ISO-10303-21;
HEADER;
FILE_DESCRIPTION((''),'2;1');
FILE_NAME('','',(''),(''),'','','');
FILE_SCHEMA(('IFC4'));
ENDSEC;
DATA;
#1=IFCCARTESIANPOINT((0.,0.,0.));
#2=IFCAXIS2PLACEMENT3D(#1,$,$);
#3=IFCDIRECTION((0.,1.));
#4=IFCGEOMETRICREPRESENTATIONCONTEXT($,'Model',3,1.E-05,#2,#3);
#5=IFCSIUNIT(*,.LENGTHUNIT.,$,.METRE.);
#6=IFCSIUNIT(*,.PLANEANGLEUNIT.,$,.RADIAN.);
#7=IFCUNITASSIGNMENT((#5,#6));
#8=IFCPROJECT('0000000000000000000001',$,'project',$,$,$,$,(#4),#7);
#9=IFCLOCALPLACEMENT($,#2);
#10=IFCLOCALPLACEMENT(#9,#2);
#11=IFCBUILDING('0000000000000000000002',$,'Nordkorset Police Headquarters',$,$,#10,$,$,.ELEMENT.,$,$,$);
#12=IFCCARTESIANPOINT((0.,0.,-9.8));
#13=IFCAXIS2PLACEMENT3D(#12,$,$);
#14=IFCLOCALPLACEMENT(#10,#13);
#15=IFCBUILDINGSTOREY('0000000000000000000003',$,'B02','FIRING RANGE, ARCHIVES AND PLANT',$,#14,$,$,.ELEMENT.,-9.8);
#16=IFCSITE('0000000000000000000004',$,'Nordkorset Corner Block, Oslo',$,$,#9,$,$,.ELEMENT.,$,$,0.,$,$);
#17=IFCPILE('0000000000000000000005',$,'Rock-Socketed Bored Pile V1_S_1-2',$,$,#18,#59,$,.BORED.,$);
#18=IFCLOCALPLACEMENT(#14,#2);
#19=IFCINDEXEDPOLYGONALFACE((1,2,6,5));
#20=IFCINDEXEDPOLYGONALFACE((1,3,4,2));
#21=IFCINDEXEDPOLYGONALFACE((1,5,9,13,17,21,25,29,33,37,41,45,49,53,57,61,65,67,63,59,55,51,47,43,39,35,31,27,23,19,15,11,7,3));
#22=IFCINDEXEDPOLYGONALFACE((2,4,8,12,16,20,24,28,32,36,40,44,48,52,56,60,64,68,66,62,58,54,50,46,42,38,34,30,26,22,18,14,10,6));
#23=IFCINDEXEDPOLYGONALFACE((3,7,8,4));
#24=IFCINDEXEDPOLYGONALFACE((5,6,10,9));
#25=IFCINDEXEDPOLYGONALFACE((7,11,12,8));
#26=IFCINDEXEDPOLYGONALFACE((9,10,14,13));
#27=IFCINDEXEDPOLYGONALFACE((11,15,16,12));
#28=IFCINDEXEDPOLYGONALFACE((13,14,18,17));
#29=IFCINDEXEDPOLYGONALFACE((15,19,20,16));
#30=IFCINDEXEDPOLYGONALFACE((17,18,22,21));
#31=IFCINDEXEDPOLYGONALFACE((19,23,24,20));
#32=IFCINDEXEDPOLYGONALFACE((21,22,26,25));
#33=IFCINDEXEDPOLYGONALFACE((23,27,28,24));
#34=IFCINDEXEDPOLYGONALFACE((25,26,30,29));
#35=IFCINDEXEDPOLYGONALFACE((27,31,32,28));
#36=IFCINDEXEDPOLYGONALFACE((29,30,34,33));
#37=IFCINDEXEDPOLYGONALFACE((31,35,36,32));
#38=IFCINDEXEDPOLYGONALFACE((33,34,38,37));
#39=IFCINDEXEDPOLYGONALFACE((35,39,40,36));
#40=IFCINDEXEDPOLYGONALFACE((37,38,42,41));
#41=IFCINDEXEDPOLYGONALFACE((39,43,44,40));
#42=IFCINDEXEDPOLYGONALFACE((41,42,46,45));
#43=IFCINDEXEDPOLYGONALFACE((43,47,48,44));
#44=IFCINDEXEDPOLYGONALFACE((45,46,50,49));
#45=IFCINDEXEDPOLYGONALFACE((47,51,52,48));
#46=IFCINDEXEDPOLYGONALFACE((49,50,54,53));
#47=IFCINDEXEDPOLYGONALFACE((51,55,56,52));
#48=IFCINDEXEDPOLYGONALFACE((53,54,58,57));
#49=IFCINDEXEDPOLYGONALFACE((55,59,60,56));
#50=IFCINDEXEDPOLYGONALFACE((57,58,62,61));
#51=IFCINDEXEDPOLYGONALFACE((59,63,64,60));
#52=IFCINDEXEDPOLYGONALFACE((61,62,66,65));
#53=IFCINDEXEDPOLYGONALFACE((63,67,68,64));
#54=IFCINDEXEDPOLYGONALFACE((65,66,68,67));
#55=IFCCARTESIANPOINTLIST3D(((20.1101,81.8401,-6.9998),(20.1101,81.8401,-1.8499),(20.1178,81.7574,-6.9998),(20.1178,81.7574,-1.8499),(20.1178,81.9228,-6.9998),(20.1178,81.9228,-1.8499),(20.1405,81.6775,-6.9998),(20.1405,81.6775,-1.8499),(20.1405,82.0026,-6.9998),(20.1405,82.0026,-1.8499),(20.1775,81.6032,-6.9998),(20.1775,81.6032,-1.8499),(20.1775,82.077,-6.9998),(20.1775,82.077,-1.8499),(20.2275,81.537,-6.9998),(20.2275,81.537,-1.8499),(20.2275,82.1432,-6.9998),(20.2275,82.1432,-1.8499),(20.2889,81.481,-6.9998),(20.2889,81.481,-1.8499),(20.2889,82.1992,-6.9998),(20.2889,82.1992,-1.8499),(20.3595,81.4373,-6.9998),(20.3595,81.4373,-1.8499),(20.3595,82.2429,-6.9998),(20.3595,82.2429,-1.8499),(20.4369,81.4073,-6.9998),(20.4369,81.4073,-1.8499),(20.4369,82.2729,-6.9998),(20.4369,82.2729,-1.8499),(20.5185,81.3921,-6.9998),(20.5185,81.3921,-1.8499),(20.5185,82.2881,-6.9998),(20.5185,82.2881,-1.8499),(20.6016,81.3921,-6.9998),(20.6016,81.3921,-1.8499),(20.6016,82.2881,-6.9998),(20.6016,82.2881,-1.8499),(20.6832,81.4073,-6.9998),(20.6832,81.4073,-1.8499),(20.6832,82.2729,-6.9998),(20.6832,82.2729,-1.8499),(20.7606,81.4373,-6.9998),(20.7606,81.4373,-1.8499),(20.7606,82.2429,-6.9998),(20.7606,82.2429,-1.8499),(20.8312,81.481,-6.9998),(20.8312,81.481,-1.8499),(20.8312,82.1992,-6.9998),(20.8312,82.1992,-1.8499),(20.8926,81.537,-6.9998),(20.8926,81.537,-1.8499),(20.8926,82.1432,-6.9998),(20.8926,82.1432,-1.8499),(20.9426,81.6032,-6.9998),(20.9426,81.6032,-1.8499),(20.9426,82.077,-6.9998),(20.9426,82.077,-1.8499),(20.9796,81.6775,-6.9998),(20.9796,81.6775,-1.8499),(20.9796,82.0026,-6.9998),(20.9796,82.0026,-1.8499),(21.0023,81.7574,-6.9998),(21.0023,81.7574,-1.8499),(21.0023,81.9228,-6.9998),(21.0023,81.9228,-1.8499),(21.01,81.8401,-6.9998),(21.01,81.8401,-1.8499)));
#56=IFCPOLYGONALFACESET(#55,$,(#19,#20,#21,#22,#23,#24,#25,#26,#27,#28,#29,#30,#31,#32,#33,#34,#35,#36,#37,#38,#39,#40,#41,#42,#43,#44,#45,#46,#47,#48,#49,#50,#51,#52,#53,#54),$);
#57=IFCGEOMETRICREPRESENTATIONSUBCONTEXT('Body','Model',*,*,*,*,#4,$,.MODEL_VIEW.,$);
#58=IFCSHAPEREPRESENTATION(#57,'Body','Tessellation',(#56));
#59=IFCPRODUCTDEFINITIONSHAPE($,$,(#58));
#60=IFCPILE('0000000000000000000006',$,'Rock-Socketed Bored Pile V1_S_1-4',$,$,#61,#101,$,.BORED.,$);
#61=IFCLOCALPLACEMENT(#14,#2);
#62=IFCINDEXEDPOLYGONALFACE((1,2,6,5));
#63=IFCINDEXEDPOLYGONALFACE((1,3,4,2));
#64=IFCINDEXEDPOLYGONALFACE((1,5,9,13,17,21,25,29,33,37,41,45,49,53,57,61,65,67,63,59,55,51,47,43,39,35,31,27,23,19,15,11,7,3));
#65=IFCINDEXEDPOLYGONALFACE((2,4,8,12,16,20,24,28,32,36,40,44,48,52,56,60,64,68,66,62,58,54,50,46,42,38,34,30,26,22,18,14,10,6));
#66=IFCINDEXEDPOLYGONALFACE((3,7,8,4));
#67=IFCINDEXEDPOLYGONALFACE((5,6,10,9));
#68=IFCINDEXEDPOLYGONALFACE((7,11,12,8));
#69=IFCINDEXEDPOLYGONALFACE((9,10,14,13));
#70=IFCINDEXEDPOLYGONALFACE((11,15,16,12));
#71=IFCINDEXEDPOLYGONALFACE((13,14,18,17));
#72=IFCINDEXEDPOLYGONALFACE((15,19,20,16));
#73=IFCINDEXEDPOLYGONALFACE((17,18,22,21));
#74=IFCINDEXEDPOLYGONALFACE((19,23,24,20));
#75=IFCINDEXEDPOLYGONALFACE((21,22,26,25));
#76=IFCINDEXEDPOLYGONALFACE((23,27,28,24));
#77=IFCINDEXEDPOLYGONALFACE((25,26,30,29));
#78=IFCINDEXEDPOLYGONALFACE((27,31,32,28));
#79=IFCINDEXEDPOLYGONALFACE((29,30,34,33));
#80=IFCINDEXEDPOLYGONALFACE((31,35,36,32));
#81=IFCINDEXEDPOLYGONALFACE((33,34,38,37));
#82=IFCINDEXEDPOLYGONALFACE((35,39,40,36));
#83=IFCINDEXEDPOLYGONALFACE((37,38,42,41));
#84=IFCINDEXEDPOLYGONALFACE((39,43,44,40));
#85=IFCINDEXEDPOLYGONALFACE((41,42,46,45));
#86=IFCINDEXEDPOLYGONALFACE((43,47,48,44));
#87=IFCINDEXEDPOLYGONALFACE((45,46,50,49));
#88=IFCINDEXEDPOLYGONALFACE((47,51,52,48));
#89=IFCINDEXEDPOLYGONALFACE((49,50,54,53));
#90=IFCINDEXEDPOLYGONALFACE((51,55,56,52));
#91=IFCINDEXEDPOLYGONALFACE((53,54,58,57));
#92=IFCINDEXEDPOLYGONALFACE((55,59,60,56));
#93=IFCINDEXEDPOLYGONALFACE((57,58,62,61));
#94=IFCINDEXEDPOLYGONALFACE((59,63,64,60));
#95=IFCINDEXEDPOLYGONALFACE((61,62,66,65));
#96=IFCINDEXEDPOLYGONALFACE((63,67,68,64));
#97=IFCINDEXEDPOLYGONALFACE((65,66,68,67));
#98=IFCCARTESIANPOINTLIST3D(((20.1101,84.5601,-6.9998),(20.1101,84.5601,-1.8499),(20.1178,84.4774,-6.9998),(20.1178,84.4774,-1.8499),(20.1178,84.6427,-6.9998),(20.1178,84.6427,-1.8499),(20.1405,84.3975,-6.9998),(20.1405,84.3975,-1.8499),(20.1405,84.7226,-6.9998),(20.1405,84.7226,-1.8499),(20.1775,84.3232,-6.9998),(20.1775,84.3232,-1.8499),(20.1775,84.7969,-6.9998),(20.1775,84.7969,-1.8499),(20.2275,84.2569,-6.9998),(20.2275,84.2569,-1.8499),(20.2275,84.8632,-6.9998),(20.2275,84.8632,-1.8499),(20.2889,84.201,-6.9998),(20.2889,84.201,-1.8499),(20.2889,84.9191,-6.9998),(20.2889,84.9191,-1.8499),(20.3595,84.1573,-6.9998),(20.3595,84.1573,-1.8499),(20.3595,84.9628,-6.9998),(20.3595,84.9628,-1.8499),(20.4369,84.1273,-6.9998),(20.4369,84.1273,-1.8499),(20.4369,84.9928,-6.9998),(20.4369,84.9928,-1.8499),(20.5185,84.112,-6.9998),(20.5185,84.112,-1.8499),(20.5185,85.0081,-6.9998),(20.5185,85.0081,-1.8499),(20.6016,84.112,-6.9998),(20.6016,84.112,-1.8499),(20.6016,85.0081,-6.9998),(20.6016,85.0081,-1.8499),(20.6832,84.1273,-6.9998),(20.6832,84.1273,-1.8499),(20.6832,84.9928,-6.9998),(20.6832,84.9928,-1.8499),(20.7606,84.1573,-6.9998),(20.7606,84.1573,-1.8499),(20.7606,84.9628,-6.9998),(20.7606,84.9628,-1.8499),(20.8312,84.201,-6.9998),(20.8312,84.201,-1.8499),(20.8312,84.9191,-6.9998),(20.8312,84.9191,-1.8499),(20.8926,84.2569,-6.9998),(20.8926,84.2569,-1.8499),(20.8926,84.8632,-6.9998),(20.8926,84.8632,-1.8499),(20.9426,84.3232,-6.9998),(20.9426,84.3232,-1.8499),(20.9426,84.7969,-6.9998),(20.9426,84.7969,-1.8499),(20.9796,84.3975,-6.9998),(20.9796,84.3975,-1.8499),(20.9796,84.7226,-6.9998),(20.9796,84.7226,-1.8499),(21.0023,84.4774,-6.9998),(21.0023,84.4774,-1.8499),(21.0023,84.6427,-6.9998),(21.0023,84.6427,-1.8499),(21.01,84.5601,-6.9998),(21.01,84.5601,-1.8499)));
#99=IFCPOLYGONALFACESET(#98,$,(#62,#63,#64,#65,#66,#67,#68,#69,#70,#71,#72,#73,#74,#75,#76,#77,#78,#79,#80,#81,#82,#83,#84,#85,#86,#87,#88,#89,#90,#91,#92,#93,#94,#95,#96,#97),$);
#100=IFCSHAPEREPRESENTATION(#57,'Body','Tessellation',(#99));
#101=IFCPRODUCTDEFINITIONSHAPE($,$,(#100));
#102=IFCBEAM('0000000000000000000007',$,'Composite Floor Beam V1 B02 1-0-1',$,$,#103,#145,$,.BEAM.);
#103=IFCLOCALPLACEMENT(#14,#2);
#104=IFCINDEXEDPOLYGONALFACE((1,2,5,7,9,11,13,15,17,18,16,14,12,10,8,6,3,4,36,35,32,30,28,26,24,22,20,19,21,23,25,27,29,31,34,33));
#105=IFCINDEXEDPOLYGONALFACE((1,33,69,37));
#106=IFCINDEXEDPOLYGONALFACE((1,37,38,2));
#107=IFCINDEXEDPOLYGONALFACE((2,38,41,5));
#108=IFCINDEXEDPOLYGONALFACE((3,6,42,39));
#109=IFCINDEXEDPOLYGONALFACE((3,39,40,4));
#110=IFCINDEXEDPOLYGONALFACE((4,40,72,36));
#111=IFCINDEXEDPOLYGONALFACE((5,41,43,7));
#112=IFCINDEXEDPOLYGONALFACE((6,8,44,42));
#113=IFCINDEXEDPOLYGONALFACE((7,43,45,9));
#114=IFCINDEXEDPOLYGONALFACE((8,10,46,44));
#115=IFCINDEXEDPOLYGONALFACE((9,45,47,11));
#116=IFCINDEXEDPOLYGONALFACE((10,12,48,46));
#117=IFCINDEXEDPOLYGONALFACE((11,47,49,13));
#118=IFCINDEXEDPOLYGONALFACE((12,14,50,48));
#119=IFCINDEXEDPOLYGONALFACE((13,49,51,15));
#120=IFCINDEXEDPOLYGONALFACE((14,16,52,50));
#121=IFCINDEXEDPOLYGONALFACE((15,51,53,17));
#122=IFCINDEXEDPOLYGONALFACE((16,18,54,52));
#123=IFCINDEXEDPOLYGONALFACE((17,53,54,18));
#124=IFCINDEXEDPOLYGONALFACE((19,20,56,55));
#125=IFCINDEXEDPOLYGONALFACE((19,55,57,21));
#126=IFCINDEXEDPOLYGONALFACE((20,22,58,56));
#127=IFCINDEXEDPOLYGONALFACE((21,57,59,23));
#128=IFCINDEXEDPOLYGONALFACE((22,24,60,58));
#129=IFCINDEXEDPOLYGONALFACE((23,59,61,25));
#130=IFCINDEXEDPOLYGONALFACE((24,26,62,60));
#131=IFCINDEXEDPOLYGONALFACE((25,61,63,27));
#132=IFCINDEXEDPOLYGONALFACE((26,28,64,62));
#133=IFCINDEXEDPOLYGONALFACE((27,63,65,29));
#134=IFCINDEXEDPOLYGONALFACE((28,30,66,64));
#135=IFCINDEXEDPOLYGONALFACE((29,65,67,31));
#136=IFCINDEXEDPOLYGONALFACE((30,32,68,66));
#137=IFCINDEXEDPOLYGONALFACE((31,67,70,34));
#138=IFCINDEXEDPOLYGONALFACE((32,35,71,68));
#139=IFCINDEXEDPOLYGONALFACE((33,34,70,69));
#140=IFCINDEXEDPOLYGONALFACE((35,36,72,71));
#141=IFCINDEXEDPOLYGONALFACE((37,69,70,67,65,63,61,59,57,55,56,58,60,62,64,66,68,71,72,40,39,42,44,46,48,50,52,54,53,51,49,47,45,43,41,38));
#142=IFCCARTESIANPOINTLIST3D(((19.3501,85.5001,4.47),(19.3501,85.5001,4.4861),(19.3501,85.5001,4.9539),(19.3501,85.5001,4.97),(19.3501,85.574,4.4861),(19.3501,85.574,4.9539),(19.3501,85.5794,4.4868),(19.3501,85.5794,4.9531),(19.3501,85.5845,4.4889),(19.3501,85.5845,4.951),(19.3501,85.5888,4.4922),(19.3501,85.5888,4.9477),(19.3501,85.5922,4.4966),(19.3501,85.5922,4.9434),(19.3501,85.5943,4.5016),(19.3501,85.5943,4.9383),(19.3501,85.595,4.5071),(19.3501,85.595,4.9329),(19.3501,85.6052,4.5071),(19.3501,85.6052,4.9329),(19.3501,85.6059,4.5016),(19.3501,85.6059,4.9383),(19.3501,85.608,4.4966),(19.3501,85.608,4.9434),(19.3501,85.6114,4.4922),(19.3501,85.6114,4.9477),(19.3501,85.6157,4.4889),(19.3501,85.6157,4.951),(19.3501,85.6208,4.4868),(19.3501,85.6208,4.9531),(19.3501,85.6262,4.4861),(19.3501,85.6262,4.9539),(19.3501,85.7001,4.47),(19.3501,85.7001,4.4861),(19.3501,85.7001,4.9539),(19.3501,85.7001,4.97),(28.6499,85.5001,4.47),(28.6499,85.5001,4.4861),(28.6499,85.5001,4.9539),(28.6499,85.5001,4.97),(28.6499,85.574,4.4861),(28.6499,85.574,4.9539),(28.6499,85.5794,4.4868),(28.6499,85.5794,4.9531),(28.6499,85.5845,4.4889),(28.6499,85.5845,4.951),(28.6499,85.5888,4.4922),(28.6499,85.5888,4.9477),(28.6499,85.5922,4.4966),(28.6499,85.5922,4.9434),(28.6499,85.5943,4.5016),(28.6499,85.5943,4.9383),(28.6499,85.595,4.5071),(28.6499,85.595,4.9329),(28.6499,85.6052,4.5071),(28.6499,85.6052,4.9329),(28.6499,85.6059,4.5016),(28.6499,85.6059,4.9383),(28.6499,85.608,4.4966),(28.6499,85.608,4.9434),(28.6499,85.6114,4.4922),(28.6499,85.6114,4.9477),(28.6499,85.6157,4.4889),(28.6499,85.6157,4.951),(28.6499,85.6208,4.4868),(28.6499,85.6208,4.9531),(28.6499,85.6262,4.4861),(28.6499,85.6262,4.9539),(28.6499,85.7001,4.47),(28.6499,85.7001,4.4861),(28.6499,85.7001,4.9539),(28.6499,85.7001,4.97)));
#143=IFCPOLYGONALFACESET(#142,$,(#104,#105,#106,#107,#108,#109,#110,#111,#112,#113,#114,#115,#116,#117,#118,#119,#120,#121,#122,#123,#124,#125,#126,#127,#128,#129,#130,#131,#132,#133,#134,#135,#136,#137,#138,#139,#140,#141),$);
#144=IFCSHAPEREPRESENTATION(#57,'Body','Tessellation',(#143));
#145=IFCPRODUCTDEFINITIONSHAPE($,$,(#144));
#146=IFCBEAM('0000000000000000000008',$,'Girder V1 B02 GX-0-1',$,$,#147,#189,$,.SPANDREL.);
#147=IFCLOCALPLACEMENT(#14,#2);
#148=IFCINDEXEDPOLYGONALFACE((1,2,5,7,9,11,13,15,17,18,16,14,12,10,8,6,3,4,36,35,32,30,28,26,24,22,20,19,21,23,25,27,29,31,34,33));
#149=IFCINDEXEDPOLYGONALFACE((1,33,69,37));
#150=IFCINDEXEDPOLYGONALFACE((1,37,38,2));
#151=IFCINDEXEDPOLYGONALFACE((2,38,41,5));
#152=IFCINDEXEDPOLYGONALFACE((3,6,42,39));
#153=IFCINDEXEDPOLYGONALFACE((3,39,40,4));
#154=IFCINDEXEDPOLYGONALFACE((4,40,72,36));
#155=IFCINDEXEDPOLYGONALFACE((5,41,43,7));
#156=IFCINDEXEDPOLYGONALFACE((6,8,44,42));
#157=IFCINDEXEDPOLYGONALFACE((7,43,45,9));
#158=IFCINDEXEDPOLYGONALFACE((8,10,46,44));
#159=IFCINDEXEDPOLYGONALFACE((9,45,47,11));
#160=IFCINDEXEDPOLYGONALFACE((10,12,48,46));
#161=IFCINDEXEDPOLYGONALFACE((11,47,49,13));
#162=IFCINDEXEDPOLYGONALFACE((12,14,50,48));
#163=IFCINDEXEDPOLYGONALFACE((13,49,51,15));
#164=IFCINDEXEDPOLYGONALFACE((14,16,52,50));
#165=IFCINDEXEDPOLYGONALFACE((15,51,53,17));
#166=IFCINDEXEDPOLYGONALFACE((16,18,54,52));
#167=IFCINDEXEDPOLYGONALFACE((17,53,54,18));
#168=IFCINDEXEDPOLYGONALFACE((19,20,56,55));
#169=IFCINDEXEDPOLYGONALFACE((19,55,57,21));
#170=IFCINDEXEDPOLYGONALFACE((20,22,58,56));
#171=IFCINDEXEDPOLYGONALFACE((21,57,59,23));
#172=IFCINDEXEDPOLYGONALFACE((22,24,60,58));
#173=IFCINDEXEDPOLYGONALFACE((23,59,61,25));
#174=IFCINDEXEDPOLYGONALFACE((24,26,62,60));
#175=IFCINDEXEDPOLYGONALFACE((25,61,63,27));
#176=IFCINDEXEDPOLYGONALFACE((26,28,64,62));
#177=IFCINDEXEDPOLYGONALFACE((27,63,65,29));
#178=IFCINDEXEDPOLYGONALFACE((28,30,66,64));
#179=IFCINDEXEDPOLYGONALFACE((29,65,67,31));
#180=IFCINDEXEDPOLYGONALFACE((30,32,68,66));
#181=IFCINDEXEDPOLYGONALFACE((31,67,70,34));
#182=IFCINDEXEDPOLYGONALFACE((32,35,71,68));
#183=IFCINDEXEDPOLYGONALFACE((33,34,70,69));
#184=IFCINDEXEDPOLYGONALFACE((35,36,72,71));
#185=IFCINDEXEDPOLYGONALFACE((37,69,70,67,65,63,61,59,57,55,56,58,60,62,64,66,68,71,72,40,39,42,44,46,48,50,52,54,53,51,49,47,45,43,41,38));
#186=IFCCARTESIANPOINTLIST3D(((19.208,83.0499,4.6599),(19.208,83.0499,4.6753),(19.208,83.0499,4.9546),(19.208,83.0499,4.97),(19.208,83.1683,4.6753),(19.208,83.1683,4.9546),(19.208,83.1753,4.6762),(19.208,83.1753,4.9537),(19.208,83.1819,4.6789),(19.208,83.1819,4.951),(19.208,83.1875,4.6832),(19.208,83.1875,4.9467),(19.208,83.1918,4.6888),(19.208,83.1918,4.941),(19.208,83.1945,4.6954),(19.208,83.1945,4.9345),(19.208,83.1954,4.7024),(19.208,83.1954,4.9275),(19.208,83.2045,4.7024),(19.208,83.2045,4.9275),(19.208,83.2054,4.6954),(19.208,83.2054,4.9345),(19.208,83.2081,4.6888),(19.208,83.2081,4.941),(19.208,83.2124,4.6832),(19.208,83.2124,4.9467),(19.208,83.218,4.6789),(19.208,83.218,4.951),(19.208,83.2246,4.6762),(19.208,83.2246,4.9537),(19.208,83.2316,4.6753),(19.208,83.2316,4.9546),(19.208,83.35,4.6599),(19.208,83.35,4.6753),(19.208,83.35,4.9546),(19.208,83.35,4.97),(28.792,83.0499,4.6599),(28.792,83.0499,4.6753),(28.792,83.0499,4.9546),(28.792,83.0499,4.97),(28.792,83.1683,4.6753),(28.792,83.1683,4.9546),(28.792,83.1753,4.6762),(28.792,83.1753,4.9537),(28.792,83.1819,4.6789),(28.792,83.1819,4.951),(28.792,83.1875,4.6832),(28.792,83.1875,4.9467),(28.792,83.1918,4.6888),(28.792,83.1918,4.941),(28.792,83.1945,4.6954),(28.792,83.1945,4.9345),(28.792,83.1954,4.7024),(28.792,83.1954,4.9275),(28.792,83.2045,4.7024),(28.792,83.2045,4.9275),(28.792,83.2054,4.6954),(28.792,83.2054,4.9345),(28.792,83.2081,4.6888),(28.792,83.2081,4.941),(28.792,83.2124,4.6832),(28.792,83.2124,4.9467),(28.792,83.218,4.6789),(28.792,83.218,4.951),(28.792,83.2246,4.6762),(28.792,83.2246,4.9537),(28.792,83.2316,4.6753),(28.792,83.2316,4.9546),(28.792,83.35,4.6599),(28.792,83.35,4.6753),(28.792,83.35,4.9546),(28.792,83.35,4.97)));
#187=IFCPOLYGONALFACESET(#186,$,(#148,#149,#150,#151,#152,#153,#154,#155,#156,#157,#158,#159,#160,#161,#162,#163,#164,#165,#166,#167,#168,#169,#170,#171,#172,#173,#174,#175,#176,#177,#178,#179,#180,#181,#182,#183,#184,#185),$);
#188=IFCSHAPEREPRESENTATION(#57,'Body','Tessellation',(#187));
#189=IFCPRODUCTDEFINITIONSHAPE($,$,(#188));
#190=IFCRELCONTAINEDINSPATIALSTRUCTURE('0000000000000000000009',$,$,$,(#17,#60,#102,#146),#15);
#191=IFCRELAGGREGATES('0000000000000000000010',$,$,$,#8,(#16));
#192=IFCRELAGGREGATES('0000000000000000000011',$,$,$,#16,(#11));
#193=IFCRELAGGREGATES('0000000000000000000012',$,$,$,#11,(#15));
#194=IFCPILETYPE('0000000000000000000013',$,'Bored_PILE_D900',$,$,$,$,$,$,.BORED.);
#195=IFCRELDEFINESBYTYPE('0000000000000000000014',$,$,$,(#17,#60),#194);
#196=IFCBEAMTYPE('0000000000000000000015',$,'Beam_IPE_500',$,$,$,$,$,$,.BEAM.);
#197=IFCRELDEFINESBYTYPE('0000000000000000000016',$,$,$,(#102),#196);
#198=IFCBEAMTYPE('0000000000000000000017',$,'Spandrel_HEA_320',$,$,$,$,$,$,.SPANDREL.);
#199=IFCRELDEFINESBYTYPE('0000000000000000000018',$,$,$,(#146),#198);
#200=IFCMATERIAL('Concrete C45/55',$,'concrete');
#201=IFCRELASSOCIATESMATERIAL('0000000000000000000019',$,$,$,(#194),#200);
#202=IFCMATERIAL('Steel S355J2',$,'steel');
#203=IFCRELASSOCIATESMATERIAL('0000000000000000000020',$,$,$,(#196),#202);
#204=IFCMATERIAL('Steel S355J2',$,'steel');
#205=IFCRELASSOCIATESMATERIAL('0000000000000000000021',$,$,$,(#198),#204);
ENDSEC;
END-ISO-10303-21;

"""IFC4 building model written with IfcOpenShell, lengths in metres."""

from ifc_helpers import new_model, si_unit, direction, frame, origin, origin_2d, place, context, subcontext, project, spatial, circle, i_section, extrude, material, material_profile, profile_set, type_object, element, save


model = new_model("IFC4")

# Units and contexts
model_context = context("Model", 3, precision=1e-05, world=origin(), true_north=direction((0.0, 1.0)))
body_context = subcontext(model_context, "Body", "Model", "MODEL_VIEW")
ifc_project = project(units=[si_unit("LENGTHUNIT", "METRE"), si_unit("PLANEANGLEUNIT", "RADIAN")], contexts=[model_context])

# Site, building, storey
site_placement = place(None, origin())
site = spatial("IfcSite", under=ifc_project, at=site_placement, Name="Nordkorset Corner Block, Oslo", CompositionType="ELEMENT", RefElevation=0.0)
building_placement = place(site_placement, origin())
building = spatial("IfcBuilding", under=site, at=building_placement, Name="Nordkorset Police Headquarters", CompositionType="ELEMENT")
storey_placement = place(building_placement, frame((0.0, 0.0, -9.8)))
storey = spatial("IfcBuildingStorey", under=building, at=storey_placement, Name="B02", Description="FIRING RANGE, ARCHIVES AND PLANT", CompositionType="ELEMENT", Elevation=-9.8)

# Piles
ifc_material_1 = material(Name="Concrete C45/55", Category="concrete")
ifc_material_profile_1 = material_profile(ifc_material_1, circle(Radius=0.45, at=origin_2d()), Name="PILE D900")
ifc_profile_set_1 = profile_set([ifc_material_profile_1], Name="Concrete C45/55")
pile_type = type_object("IfcPileType", Name="Bored_PILE_D900", PredefinedType="BORED", material=ifc_profile_set_1)
for number, where, z_axis, x_axis, name in (
    (1, (20.5601, 81.8401, -1.8499), (0.0, 0.0, -1.0), (1.0, 0.0, 0.0), "Rock-Socketed Bored Pile V1_S_1-2"),
    (2, (20.5601, 84.5601, -1.8499), (0.0, 0.0, -1.0), (1.0, 0.0, 0.0), "Rock-Socketed Bored Pile V1_S_1-4"),
):
    element("IfcPile", number, at=place(storey_placement, frame(where, z_axis=z_axis, x_axis=x_axis)), inside=storey, type_object=pile_type, Name=name, PredefinedType="BORED", context=body_context, shape_type="SweptSolid", body=[
        extrude(circle(Radius=0.45, at=origin_2d()), origin(), (0.0, 0.0, 1.0), 5.1499),
    ])

# Beams
ifc_material_2 = material(Name="Steel S355J2", Category="steel")
ifc_material_profile_2 = material_profile(ifc_material_2, i_section(OverallWidth=0.2, OverallDepth=0.5, WebThickness=0.0103, FlangeThickness=0.0161, FilletRadius=0.021, at=origin_2d()), Name="IPE 500")
ifc_profile_set_2 = profile_set([ifc_material_profile_2], Name="Steel S355J2")
beam_type_1 = type_object("IfcBeamType", Name="Beam_IPE_500", PredefinedType="BEAM", material=ifc_profile_set_2)
beam_1_placement = place(storey_placement, frame((19.3501, 85.6001, 4.72), z_axis=(1.0, 0.0, 0.0), x_axis=(0.0, 1.0, 0.0)))
element("IfcBeam", 3, at=beam_1_placement, inside=storey, type_object=beam_type_1, Name="Composite Floor Beam V1 B02 1-0-1", PredefinedType="BEAM", context=body_context, shape_type="SweptSolid", body=[
    extrude(i_section(OverallWidth=0.2, OverallDepth=0.5, WebThickness=0.0103, FlangeThickness=0.0161, FilletRadius=0.021, at=origin_2d()), origin(), (0.0, 0.0, 1.0), 9.2998),
])
ifc_material_3 = material(Name="Steel S355J2", Category="steel")
ifc_material_profile_3 = material_profile(ifc_material_3, i_section(OverallWidth=0.3, OverallDepth=0.3101, WebThickness=0.009, FlangeThickness=0.0154, FilletRadius=0.0271, at=origin_2d()), Name="HEA 320")
ifc_profile_set_3 = profile_set([ifc_material_profile_3], Name="Steel S355J2")
beam_type_2 = type_object("IfcBeamType", Name="Spandrel_HEA_320", PredefinedType="SPANDREL", material=ifc_profile_set_3)
beam_2_placement = place(storey_placement, frame((19.208, 83.2, 4.8149), z_axis=(1.0, 0.0, 0.0), x_axis=(0.0, 1.0, 0.0)))
element("IfcBeam", 4, at=beam_2_placement, inside=storey, type_object=beam_type_2, Name="Girder V1 B02 GX-0-1", PredefinedType="SPANDREL", context=body_context, shape_type="SweptSolid", body=[
    extrude(i_section(OverallWidth=0.3, OverallDepth=0.3101, WebThickness=0.009, FlangeThickness=0.0154, FilletRadius=0.0271, at=origin_2d()), origin(), (0.0, 0.0, 1.0), 9.584),
])

save(model, "model.ifc")
